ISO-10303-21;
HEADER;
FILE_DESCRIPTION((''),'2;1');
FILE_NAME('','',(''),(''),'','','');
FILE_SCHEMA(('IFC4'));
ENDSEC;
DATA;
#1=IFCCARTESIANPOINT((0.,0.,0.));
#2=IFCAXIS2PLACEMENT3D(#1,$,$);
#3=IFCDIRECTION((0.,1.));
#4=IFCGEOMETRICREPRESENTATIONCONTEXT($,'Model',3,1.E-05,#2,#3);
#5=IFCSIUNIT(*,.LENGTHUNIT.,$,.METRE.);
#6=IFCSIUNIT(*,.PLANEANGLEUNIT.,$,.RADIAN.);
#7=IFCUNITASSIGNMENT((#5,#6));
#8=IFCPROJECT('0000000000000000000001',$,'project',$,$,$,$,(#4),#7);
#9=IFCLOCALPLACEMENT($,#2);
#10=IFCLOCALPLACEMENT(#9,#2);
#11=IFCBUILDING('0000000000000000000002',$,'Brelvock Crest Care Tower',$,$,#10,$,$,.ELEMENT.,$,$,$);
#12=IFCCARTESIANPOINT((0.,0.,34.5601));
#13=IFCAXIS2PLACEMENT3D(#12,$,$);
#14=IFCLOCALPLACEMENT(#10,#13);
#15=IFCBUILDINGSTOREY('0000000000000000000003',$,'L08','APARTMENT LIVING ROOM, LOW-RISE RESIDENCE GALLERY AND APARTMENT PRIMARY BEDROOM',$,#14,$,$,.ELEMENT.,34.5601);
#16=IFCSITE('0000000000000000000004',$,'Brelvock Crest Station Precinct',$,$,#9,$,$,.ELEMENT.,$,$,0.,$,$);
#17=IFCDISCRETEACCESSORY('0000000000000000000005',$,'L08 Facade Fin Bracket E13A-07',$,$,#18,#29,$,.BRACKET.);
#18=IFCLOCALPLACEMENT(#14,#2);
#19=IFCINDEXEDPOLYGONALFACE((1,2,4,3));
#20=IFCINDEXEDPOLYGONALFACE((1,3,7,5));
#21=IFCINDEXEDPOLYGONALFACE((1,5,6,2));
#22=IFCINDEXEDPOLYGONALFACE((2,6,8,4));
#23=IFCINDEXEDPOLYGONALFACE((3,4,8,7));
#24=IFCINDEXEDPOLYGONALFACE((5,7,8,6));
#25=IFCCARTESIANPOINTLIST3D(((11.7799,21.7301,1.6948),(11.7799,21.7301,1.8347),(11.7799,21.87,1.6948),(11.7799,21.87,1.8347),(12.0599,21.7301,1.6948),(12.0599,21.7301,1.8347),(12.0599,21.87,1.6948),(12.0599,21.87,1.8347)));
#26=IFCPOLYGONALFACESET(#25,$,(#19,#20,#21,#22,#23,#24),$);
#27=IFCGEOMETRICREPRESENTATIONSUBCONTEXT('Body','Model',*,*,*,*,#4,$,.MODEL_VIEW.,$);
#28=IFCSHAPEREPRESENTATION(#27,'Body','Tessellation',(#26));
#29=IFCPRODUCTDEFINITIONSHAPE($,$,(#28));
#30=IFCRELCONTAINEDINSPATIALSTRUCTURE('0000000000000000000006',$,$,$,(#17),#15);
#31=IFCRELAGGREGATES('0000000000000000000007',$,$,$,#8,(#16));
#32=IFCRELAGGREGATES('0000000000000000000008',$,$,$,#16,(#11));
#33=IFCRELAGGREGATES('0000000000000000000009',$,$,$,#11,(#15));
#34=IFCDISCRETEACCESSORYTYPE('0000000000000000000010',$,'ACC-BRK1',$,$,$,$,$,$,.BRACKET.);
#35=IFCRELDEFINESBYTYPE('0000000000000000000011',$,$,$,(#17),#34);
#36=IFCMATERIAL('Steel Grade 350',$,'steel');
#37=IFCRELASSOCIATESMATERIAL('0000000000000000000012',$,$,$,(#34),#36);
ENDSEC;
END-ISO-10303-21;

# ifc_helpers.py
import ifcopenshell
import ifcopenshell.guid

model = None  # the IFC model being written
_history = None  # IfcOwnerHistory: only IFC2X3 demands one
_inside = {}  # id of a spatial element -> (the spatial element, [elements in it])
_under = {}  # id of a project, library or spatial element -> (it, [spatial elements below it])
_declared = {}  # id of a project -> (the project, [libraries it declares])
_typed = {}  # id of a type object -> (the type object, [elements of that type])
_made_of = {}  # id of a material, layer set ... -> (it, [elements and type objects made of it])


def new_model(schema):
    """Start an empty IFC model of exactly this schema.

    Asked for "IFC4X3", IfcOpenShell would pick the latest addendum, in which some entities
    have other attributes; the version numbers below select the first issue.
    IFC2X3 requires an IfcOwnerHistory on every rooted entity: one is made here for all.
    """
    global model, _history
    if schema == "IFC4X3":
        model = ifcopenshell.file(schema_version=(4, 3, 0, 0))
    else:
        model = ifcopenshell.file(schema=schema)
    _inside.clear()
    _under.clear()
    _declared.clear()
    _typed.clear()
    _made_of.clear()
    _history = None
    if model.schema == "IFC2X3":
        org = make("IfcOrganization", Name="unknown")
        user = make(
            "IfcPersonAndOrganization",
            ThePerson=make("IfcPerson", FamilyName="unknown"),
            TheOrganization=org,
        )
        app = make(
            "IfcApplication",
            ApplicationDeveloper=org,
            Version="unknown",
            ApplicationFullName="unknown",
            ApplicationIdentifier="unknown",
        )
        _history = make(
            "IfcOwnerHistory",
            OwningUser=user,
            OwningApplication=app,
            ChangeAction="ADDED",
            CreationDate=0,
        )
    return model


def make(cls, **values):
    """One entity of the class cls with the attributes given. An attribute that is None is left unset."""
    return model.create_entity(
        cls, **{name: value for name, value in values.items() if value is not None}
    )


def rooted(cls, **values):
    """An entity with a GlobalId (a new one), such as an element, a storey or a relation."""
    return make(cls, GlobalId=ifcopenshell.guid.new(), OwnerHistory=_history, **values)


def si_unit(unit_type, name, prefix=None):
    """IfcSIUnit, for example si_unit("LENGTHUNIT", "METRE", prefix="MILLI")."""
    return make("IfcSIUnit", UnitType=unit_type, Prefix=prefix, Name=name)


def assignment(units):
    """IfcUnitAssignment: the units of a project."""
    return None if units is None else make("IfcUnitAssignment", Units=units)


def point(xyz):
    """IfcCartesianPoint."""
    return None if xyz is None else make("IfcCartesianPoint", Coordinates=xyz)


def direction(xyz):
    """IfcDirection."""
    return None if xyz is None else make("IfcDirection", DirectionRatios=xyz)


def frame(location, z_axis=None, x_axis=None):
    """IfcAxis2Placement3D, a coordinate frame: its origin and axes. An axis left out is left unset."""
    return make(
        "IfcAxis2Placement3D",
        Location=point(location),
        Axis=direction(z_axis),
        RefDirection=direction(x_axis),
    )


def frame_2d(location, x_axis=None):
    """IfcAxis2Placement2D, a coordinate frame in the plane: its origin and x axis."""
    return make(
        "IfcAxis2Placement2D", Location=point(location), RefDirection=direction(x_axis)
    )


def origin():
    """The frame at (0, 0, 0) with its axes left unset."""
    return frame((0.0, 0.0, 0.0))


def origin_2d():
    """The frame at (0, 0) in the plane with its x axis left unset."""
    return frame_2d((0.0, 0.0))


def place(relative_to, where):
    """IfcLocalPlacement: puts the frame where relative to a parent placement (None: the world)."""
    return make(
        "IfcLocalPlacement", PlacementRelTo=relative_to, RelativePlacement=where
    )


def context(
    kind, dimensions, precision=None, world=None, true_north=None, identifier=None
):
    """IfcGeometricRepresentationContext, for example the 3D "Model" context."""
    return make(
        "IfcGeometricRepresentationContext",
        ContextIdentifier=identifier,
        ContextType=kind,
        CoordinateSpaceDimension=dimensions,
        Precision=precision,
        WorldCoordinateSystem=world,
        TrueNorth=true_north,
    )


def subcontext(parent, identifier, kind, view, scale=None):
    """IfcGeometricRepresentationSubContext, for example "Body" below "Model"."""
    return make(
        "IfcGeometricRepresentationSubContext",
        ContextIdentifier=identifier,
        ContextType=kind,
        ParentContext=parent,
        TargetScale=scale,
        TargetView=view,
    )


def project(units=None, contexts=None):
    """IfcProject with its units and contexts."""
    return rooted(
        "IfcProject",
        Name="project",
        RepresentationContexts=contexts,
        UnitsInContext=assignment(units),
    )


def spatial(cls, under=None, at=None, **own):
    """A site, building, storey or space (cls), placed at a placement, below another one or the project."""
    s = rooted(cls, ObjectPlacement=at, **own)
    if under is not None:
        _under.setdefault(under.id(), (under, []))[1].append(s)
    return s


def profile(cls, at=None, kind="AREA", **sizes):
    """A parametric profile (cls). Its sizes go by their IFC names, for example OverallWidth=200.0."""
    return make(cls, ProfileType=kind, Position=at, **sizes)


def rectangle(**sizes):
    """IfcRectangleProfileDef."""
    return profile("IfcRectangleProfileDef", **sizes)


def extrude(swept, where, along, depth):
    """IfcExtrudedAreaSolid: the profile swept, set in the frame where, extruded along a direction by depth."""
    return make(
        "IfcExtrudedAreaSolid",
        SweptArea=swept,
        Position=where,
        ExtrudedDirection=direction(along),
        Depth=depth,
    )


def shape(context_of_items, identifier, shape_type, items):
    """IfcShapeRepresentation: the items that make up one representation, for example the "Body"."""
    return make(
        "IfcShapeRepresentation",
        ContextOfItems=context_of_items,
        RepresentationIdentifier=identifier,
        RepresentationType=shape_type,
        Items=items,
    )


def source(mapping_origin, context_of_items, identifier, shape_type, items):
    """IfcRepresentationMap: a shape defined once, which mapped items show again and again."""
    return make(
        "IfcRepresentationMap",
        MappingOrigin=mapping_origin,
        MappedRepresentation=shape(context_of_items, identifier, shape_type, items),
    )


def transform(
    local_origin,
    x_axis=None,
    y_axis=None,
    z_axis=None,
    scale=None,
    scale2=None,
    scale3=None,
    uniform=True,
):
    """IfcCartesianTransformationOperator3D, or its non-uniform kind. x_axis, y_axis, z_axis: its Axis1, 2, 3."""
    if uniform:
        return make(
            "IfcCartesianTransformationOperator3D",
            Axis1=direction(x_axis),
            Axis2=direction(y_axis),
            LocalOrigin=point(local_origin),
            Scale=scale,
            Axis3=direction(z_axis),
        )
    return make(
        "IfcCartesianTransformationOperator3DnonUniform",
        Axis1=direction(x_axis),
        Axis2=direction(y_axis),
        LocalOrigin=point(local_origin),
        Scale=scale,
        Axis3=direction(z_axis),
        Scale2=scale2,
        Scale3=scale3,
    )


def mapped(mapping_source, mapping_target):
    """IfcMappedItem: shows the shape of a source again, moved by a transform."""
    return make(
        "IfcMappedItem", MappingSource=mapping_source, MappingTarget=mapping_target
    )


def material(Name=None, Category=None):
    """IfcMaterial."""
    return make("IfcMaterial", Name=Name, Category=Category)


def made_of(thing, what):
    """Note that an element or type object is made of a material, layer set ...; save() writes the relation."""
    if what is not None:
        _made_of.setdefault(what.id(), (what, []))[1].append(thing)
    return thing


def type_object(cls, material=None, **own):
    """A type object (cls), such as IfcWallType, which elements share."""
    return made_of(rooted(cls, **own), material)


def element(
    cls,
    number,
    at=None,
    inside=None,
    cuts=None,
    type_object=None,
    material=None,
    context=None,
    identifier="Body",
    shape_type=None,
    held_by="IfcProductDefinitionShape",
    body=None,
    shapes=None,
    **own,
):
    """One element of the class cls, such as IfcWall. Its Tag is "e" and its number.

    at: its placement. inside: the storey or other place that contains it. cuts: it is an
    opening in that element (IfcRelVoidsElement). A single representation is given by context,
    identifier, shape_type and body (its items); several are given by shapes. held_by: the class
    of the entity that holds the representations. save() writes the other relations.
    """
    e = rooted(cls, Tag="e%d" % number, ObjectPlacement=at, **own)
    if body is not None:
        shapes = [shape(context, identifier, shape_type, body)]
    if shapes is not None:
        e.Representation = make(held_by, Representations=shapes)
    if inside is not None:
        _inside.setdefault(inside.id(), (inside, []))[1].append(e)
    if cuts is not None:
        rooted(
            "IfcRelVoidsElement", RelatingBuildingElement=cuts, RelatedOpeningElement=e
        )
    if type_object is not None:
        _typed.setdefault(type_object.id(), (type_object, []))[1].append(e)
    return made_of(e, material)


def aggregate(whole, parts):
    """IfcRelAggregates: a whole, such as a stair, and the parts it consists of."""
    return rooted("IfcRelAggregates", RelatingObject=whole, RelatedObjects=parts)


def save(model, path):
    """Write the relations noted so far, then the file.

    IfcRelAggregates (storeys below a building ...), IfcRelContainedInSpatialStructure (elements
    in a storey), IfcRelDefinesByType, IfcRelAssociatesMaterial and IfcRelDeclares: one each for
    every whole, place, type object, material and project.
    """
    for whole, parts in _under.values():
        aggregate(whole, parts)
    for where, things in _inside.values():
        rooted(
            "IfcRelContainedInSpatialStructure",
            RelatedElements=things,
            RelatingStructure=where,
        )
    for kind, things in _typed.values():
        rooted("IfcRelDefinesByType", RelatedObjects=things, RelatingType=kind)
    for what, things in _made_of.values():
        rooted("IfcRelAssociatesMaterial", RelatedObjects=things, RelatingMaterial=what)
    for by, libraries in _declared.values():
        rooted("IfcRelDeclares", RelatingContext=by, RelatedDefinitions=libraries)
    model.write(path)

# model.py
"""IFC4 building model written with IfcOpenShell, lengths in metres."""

from ifc_helpers import new_model, si_unit, direction, frame, origin, origin_2d, place, context, subcontext, project, spatial, rectangle, extrude, source, transform, mapped, material, type_object, element, save


model = new_model("IFC4")

# Units and contexts
model_context = context("Model", 3, precision=1e-05, world=origin(), true_north=direction((0.0, 1.0)))
body_context = subcontext(model_context, "Body", "Model", "MODEL_VIEW")
ifc_project = project(units=[si_unit("LENGTHUNIT", "METRE"), si_unit("PLANEANGLEUNIT", "RADIAN")], contexts=[model_context])

# Site, building, storey
site_placement = place(None, origin())
site = spatial("IfcSite", under=ifc_project, at=site_placement, Name="Brelvock Crest Station Precinct", CompositionType="ELEMENT", RefElevation=0.0)
building_placement = place(site_placement, origin())
building = spatial("IfcBuilding", under=site, at=building_placement, Name="Brelvock Crest Care Tower", CompositionType="ELEMENT")
storey_placement = place(building_placement, frame((0.0, 0.0, 34.5601)))
storey = spatial("IfcBuildingStorey", under=building, at=storey_placement, Name="L08", Description="APARTMENT LIVING ROOM, LOW-RISE RESIDENCE GALLERY AND APARTMENT PRIMARY BEDROOM", CompositionType="ELEMENT", Elevation=34.5601)

# Shared definitions
ifc_material_1 = material(Name="Steel Grade 350", Category="steel")

# Discrete accessory
discrete_accessory_type = type_object("IfcDiscreteAccessoryType", Name="ACC-BRK1", PredefinedType="BRACKET", material=ifc_material_1)
shared_shape_1 = source(origin(), body_context, "Body", "SweptSolid", [
    extrude(rectangle(XDim=0.28, YDim=0.1399, at=origin_2d()), origin(), (0.0, 0.0, 1.0), 0.1399),
])
discrete_accessory_placement = place(storey_placement, frame((11.9199, 21.8, 1.6948), z_axis=(0.0, 0.0, 1.0), x_axis=(-1.0, 0.0, 0.0)))
element("IfcDiscreteAccessory", 1, at=discrete_accessory_placement, inside=storey, type_object=discrete_accessory_type, Name="L08 Facade Fin Bracket E13A-07", PredefinedType="BRACKET", context=body_context, shape_type="MappedRepresentation", body=[
    mapped(shared_shape_1, transform((0.0, 0.0, 0.0), x_axis=(1.0, 0.0, 0.0), y_axis=(0.0, 1.0, 0.0), z_axis=(0.0, 0.0, 1.0), scale=1.0)),
])

save(model, "model.ifc")
